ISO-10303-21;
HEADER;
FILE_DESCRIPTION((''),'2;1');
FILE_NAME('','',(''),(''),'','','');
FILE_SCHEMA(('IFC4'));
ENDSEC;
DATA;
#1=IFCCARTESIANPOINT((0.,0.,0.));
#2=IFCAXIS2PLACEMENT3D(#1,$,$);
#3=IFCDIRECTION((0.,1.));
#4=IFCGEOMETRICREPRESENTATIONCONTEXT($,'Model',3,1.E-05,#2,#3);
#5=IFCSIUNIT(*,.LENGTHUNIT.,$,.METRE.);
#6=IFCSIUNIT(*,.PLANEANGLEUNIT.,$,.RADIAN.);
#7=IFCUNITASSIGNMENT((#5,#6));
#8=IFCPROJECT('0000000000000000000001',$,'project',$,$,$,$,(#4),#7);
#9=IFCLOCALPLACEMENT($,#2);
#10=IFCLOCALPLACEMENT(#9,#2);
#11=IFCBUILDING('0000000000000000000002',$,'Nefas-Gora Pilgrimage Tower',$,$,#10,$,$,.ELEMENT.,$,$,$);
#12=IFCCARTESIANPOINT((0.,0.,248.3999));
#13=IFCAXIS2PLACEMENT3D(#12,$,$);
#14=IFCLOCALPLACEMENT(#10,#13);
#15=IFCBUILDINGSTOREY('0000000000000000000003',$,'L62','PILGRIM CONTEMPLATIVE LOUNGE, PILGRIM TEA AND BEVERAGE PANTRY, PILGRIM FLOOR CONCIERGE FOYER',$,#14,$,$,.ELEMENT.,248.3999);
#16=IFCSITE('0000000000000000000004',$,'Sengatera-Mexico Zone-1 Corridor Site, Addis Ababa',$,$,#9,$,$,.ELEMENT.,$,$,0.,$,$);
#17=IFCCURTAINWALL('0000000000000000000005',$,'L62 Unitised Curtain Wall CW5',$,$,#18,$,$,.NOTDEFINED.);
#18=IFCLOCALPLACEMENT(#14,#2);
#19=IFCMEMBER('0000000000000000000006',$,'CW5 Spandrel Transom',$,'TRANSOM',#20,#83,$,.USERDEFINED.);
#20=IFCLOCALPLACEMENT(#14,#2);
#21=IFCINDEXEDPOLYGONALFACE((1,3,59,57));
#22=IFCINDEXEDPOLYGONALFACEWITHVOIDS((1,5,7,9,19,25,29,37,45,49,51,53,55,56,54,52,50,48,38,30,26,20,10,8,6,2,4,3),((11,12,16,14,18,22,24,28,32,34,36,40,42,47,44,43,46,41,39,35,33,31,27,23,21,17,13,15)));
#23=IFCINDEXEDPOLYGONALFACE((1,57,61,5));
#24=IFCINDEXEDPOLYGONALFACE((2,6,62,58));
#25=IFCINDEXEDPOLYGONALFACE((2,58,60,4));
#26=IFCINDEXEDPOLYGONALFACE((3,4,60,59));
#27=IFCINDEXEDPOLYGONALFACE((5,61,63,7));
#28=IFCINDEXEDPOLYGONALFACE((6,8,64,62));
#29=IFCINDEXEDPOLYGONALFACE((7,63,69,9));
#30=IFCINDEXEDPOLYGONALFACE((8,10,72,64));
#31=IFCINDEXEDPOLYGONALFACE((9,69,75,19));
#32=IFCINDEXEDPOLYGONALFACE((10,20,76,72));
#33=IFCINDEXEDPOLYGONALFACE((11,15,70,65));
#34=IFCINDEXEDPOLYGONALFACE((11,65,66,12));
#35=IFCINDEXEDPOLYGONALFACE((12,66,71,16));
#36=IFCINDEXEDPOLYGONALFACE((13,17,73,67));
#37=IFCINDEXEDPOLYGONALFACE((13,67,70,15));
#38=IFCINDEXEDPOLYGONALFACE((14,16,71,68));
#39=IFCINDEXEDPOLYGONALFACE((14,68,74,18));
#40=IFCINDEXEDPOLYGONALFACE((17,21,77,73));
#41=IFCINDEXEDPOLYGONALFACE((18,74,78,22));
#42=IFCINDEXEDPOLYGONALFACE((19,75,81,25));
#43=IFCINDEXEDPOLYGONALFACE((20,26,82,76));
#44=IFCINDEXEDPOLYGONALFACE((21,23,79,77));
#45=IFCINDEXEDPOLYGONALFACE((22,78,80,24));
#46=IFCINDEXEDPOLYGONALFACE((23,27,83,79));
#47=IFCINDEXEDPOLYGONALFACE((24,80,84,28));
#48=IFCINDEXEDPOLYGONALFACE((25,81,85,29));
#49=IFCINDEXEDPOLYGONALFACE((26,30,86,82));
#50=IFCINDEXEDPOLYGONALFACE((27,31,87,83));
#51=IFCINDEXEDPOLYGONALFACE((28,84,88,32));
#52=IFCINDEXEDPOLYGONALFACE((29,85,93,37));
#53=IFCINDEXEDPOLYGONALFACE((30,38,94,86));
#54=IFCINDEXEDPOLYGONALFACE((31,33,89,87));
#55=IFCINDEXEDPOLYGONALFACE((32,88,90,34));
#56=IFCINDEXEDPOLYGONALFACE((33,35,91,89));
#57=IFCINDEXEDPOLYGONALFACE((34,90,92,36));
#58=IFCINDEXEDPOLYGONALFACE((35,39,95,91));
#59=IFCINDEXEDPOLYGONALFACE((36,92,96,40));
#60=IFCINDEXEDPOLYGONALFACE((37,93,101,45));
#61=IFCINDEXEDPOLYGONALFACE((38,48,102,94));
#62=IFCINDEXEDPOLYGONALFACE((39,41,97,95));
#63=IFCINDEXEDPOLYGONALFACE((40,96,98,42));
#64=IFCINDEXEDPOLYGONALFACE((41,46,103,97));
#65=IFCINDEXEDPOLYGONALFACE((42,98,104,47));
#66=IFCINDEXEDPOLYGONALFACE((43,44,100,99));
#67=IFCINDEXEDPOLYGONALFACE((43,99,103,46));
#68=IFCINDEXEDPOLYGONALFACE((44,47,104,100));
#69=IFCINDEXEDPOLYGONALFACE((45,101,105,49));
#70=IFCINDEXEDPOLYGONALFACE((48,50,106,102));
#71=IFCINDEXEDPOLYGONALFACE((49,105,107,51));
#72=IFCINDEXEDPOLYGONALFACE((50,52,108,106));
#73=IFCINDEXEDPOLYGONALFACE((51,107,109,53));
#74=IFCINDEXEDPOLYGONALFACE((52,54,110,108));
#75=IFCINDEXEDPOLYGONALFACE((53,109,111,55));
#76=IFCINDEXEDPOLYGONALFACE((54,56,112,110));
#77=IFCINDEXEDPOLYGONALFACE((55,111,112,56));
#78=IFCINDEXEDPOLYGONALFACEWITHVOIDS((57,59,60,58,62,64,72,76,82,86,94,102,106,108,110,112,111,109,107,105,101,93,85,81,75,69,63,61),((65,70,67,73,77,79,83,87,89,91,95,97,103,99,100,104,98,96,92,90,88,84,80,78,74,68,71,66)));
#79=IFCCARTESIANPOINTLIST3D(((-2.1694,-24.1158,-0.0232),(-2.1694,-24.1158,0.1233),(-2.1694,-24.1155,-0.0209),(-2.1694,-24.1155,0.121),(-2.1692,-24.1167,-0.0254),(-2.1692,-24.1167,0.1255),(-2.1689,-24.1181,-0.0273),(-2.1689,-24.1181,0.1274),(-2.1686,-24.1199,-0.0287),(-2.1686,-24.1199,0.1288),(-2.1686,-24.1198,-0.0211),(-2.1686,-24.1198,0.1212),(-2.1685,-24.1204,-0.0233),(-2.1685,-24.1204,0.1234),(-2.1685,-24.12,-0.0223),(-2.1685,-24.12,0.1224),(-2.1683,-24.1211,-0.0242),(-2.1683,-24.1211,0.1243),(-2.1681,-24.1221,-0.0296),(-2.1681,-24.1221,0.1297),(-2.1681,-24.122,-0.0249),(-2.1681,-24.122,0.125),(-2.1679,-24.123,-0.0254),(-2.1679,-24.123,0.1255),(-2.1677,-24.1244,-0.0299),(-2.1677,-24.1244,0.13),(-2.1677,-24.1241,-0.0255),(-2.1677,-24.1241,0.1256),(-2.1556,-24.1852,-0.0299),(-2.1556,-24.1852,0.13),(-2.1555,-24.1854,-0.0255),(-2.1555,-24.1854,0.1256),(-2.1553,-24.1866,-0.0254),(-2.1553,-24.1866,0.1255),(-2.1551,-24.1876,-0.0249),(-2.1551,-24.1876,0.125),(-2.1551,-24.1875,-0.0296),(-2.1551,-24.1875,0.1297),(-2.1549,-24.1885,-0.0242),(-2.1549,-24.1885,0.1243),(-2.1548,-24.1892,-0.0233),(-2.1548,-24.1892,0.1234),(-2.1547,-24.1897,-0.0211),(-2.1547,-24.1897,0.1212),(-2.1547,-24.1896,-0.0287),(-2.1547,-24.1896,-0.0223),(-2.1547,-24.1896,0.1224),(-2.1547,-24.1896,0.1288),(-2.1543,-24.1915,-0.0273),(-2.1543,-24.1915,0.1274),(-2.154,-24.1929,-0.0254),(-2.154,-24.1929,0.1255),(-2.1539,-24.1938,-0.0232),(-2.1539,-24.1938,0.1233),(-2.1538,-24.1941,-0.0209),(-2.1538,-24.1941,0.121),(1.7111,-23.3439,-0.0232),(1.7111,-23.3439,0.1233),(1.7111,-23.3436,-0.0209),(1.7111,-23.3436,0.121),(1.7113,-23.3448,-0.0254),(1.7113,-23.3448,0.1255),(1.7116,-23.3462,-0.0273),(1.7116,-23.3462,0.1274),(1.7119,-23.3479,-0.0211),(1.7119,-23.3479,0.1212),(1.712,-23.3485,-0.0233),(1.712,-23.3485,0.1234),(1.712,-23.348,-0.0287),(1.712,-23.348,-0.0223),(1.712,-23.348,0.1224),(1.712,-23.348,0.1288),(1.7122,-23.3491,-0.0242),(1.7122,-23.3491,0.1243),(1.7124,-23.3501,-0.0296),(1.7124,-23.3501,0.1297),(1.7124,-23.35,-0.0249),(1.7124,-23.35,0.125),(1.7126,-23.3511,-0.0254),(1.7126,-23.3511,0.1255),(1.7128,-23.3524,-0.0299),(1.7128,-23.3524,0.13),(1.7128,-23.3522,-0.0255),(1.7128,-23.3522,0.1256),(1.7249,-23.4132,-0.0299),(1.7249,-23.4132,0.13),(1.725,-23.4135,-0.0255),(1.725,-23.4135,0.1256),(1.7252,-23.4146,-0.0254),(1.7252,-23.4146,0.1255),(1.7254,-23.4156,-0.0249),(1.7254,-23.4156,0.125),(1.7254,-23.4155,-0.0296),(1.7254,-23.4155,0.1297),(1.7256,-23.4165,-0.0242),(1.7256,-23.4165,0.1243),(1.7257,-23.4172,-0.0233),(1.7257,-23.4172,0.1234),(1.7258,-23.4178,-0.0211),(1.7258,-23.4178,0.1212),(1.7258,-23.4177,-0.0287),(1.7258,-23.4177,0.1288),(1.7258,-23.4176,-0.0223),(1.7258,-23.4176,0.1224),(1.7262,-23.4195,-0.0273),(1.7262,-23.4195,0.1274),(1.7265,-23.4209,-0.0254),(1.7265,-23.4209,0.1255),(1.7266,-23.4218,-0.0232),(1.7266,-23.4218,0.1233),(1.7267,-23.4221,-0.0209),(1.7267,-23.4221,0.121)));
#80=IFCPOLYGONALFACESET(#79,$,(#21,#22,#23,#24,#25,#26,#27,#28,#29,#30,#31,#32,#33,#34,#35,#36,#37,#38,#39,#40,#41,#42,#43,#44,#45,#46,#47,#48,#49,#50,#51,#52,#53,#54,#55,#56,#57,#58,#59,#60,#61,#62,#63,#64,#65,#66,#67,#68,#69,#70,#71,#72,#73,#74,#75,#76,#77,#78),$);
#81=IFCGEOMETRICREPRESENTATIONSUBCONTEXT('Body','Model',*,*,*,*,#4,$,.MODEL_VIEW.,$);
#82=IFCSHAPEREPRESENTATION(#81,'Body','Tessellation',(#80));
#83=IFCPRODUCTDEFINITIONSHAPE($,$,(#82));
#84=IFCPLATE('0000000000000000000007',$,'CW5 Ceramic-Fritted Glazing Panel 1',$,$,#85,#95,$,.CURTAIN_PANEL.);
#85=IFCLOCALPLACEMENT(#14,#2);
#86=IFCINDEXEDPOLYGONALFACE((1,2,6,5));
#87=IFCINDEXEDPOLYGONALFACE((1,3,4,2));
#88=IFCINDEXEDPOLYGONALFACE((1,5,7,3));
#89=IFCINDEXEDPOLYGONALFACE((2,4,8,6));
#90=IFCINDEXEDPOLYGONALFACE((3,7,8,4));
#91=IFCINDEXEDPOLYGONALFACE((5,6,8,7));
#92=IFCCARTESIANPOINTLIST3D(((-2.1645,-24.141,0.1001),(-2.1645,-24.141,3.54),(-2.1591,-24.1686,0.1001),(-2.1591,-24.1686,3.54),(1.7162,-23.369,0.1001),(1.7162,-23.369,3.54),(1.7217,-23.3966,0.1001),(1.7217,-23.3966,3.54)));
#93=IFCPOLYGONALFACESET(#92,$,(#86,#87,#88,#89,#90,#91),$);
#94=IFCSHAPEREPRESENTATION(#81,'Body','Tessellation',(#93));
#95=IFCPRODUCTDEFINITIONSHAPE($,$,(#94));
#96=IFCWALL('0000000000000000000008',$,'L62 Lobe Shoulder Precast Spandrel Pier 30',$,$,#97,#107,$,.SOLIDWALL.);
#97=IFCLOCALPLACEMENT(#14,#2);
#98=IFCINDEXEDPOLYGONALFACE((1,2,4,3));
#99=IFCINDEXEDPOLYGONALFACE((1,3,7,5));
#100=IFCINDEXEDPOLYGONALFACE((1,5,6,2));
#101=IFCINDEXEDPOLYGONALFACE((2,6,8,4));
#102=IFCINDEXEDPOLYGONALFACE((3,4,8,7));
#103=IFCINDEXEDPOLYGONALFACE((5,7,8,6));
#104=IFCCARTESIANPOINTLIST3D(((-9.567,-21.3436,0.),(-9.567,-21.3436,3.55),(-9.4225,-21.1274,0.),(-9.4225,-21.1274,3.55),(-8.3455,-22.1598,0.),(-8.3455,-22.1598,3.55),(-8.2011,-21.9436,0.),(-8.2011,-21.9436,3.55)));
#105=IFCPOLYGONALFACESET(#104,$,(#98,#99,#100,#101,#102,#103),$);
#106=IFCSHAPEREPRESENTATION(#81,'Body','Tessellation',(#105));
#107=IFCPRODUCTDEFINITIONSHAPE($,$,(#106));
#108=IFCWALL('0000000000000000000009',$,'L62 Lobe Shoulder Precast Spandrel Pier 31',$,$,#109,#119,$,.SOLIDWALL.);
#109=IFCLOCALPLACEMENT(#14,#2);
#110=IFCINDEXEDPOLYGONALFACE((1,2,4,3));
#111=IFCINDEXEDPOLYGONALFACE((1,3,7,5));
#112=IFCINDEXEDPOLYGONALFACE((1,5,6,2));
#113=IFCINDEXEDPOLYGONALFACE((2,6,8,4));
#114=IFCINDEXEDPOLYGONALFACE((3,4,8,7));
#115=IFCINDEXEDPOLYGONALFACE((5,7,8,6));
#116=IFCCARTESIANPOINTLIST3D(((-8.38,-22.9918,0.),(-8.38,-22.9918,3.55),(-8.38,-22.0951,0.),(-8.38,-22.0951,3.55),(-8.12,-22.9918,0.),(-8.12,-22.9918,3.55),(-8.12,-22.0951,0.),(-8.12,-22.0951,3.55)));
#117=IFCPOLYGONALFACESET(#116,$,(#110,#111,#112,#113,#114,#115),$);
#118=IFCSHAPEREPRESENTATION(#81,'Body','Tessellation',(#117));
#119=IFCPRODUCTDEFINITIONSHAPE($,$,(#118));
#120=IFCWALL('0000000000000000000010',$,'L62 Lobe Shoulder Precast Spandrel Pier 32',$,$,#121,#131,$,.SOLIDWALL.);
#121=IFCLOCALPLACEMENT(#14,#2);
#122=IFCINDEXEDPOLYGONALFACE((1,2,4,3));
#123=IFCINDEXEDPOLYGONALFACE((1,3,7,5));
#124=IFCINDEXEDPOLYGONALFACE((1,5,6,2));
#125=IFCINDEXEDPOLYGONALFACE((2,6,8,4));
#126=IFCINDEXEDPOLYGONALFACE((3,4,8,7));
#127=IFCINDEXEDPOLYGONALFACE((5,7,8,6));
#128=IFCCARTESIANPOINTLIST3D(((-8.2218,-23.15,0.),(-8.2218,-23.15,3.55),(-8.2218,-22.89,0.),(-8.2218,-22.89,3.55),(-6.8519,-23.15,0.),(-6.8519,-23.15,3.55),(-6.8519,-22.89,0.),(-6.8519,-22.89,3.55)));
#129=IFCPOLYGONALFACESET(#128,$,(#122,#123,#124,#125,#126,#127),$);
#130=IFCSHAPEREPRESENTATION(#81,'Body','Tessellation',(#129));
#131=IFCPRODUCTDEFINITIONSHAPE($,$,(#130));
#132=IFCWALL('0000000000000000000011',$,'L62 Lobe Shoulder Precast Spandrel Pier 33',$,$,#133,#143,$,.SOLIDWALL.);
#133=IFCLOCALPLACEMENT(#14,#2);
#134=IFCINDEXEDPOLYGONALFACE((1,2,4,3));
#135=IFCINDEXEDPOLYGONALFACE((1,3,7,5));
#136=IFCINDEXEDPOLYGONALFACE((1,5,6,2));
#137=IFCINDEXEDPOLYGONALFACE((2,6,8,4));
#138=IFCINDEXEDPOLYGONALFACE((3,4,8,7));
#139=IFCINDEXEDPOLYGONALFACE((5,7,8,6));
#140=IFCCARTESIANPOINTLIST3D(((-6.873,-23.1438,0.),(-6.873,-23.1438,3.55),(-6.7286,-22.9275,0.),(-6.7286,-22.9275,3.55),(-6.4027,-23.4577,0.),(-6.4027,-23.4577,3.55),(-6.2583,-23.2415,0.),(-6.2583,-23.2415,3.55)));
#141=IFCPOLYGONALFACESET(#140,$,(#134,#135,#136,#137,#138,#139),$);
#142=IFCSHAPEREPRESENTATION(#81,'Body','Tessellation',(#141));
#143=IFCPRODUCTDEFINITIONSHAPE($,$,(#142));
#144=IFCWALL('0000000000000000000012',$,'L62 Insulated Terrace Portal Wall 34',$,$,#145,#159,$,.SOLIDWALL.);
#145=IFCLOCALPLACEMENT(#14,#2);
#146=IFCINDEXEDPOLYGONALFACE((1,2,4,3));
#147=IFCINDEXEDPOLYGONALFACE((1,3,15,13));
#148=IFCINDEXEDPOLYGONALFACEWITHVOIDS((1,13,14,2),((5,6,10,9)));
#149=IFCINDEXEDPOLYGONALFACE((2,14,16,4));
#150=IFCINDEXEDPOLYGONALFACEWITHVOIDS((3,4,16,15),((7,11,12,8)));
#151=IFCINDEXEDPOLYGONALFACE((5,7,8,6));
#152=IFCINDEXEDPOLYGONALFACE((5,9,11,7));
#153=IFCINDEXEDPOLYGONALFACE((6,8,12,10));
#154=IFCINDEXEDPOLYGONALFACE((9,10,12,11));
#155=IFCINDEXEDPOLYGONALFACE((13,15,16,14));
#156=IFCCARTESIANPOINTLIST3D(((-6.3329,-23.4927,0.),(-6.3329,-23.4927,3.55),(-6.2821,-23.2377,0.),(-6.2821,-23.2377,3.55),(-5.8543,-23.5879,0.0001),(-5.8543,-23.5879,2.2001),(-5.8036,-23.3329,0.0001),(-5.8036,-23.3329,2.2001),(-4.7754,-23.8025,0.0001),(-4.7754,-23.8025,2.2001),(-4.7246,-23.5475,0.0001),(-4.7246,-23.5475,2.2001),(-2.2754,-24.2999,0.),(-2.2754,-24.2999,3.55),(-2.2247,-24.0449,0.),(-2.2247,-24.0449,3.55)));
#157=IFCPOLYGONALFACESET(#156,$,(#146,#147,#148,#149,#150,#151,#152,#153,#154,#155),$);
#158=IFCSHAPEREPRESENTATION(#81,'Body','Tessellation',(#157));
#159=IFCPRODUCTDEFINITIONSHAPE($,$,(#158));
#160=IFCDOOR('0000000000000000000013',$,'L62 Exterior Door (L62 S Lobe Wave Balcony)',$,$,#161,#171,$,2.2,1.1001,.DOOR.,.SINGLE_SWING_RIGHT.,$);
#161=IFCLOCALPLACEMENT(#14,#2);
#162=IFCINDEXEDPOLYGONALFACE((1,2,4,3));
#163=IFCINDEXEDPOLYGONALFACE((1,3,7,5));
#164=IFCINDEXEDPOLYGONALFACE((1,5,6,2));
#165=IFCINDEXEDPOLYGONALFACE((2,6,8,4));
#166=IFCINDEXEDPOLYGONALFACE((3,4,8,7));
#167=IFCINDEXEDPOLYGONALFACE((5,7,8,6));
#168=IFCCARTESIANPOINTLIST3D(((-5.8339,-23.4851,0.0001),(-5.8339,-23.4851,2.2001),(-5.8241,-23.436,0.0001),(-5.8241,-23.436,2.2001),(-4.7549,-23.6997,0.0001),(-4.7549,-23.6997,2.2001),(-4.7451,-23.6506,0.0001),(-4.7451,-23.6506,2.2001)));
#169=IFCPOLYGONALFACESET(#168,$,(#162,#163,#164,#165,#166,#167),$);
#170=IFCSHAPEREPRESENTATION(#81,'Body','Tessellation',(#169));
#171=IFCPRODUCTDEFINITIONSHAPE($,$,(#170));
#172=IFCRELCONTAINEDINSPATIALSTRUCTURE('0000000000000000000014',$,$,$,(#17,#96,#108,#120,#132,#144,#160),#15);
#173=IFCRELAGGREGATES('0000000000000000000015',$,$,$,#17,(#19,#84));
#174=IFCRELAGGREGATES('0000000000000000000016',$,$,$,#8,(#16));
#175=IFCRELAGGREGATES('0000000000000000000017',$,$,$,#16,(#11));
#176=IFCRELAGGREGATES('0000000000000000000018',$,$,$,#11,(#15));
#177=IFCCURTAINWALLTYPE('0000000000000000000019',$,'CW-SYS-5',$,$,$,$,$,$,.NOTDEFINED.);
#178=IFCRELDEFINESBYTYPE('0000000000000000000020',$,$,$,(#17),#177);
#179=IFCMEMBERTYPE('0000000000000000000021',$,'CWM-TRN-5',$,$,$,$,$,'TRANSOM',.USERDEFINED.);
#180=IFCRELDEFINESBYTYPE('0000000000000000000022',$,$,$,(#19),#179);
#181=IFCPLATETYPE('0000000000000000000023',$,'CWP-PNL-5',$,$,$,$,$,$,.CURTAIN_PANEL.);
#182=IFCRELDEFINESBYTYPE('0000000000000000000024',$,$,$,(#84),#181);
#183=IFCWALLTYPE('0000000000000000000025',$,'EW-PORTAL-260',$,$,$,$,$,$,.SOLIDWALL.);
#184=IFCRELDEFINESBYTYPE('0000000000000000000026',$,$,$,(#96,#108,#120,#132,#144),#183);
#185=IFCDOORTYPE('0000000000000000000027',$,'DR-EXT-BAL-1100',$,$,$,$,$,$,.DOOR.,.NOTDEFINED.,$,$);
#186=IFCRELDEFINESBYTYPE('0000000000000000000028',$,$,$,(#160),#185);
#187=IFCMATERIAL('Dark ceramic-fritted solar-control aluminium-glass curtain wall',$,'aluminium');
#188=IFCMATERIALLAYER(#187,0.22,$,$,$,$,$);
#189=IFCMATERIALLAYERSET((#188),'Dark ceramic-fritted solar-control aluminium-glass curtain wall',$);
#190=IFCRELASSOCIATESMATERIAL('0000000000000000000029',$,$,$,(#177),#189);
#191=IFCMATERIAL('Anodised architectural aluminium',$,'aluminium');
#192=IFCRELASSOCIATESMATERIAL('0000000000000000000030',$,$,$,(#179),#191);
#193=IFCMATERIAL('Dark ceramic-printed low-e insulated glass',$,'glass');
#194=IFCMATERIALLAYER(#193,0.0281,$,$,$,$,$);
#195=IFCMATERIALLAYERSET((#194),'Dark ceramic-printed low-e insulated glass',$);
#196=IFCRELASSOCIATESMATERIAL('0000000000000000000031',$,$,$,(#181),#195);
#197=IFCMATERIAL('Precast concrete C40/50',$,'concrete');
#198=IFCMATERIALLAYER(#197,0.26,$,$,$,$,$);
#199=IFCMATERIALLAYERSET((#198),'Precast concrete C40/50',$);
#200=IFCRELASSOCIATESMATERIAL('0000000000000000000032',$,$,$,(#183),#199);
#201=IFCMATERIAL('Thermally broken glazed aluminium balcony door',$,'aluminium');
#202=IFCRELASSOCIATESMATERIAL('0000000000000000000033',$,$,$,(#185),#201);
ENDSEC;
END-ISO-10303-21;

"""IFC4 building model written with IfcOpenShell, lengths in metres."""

from ifc_helpers import new_model, si_unit, direction, frame, frame_2d, origin, origin_2d, place, context, subcontext, project, spatial, rectangle, hollow_rectangle, extrude, source, transform, mapped, material, layer, layer_set, material_profile, profile_set, type_object, element, fill, aggregate, save


model = new_model("IFC4")

# Units and contexts
model_context = context("Model", 3, precision=1e-05, world=origin(), true_north=direction((0.0, 1.0)))
body_context = subcontext(model_context, "Body", "Model", "MODEL_VIEW")
ifc_project = project(units=[si_unit("LENGTHUNIT", "METRE"), si_unit("PLANEANGLEUNIT", "RADIAN")], contexts=[model_context])

# Site, building, storey
site_placement = place(None, origin())
site = spatial("IfcSite", under=ifc_project, at=site_placement, Name="Sengatera-Mexico Zone-1 Corridor Site, Addis Ababa", CompositionType="ELEMENT", RefElevation=0.0)
building_placement = place(site_placement, origin())
building = spatial("IfcBuilding", under=site, at=building_placement, Name="Nefas-Gora Pilgrimage Tower", CompositionType="ELEMENT")
storey_placement = place(building_placement, frame((0.0, 0.0, 248.3999)))
storey = spatial("IfcBuildingStorey", under=building, at=storey_placement, Name="L62", Description="PILGRIM CONTEMPLATIVE LOUNGE, PILGRIM TEA AND BEVERAGE PANTRY, PILGRIM FLOOR CONCIERGE FOYER", CompositionType="ELEMENT", Elevation=248.3999)

# Shared definitions
ifc_material_1 = material(Name="Dark ceramic-fritted solar-control aluminium-glass curtain wall", Category="aluminium")
ifc_layer_1 = layer(ifc_material_1, 0.22)
ifc_layer_set_1 = layer_set([ifc_layer_1], Name="Dark ceramic-fritted solar-control aluminium-glass curtain wall")
curtain_wall_type = type_object("IfcCurtainWallType", Name="CW-SYS-5", PredefinedType="NOTDEFINED", material=ifc_layer_set_1)
ifc_material_2 = material(Name="Anodised architectural aluminium", Category="aluminium")

# Curtain wall, member, plate
curtain_wall_1_placement = place(storey_placement, origin())
curtain_wall_1 = element("IfcCurtainWall", 1, at=curtain_wall_1_placement, inside=storey, type_object=curtain_wall_type, Name="L62 Unitised Curtain Wall CW5", PredefinedType="NOTDEFINED")
ifc_material_profile_1 = material_profile(ifc_material_2, hollow_rectangle(XDim=0.0801, YDim=0.1599, WallThickness=0.0044, InnerFilletRadius=0.0044, OuterFilletRadius=0.009, at=origin_2d()), Name="ALU TRANSOM 80x160")
ifc_profile_set_1 = profile_set([ifc_material_profile_1], Name="Anodised architectural aluminium")
member_type_1 = type_object("IfcMemberType", Name="CWM-TRN-5", ElementType="TRANSOM", PredefinedType="USERDEFINED", material=ifc_profile_set_1)
shared_shape_1 = source(origin(), body_context, "Body", "SweptSolid", [
    extrude(hollow_rectangle(XDim=0.0801, YDim=0.1599, WallThickness=0.0044, InnerFilletRadius=0.0044, OuterFilletRadius=0.009, at=origin_2d()), origin(), (0.0, 0.0, 1.0), 3.9565),
])
member_1_placement = place(storey_placement, frame((-2.1616, -24.1548, 0.05), z_axis=(0.980782, 0.195107, 0.0), x_axis=(-0.195107, 0.980782, 0.0)))
member_1 = element("IfcMember", 2, at=member_1_placement, type_object=member_type_1, Name="CW5 Spandrel Transom", ObjectType="TRANSOM", PredefinedType="USERDEFINED", context=body_context, shape_type="MappedRepresentation", body=[
    mapped(shared_shape_1, transform((0.0, 0.0, 0.0), x_axis=(1.0, 0.0, 0.0), y_axis=(0.0, 1.0, 0.0), z_axis=(0.0, 0.0, 1.0), scale=1.0)),
])
ifc_material_3 = material(Name="Dark ceramic-printed low-e insulated glass", Category="glass")
ifc_layer_2 = layer(ifc_material_3, 0.0281)
ifc_layer_set_2 = layer_set([ifc_layer_2], Name="Dark ceramic-printed low-e insulated glass")
plate_type = type_object("IfcPlateType", Name="CWP-PNL-5", PredefinedType="CURTAIN_PANEL", material=ifc_layer_set_2)
shared_shape_2 = source(origin(), body_context, "Body", "SweptSolid", [
    extrude(rectangle(XDim=3.9568, YDim=0.0281, at=origin_2d()), origin(), (0.0, 0.0, 1.0), 3.4399),
])
plate_placement = place(storey_placement, frame((-0.2214, -23.7688, 0.1001), z_axis=(0.0, 0.0, 1.0), x_axis=(0.980783, 0.195102, 0.0)))
plate = element("IfcPlate", 3, at=plate_placement, type_object=plate_type, Name="CW5 Ceramic-Fritted Glazing Panel 1", PredefinedType="CURTAIN_PANEL", context=body_context, shape_type="MappedRepresentation", body=[
    mapped(shared_shape_2, transform((0.0, 0.0, 0.0), x_axis=(1.0, 0.0, 0.0), y_axis=(0.0, 1.0, 0.0), z_axis=(0.0, 0.0, 1.0), scale=1.0)),
])
aggregate(curtain_wall_1, [member_1, plate])

# Walls
ifc_material_4 = material(Name="Precast concrete C40/50", Category="concrete")
ifc_layer_3 = layer(ifc_material_4, 0.26)
ifc_layer_set_3 = layer_set([ifc_layer_3], Name="Precast concrete C40/50")
wall_type_1 = type_object("IfcWallType", Name="EW-PORTAL-260", PredefinedType="SOLIDWALL", material=ifc_layer_set_3)
shared_shape_3 = source(origin(), body_context, "Body", "SweptSolid", [
    extrude(rectangle(XDim=1.469, YDim=0.26, at=frame_2d((0.7344, 0.0))), origin(), (0.0, 0.0, 1.0), 3.55),
])
wall_1_placement = place(storey_placement, frame((-9.4946, -21.2356, 0.0), z_axis=(0.0, 0.0, 1.0), x_axis=(0.831462, -0.555582, 0.0)))
element("IfcWall", 4, at=wall_1_placement, inside=storey, type_object=wall_type_1, Name="L62 Lobe Shoulder Precast Spandrel Pier 30", PredefinedType="SOLIDWALL", context=body_context, shape_type="MappedRepresentation", body=[
    mapped(shared_shape_3, transform((0.0, 0.0, 0.0), x_axis=(1.0, 0.0, 0.0), y_axis=(0.0, 1.0, 0.0), z_axis=(0.0, 0.0, 1.0), scale=1.0)),
])
shared_shape_4 = source(origin(), body_context, "Body", "SweptSolid", [
    extrude(rectangle(XDim=0.8967, YDim=0.26, at=frame_2d((0.4482, 0.0))), origin(), (0.0, 0.0, 1.0), 3.55),
])
wall_2_placement = place(storey_placement, frame((-8.25, -22.0952, 0.0), z_axis=(0.0, 0.0, 1.0), x_axis=(0.0, -1.0, 0.0)))
element("IfcWall", 5, at=wall_2_placement, inside=storey, type_object=wall_type_1, Name="L62 Lobe Shoulder Precast Spandrel Pier 31", PredefinedType="SOLIDWALL", context=body_context, shape_type="MappedRepresentation", body=[
    mapped(shared_shape_4, transform((0.0, 0.0, 0.0), x_axis=(1.0, 0.0, 0.0), y_axis=(0.0, 1.0, 0.0), z_axis=(0.0, 0.0, 1.0), scale=1.0)),
])
shared_shape_5 = source(origin(), body_context, "Body", "SweptSolid", [
    extrude(rectangle(XDim=1.3699, YDim=0.26, at=frame_2d((0.6851, 0.0))), origin(), (0.0, 0.0, 1.0), 3.55),
])
wall_3_placement = place(storey_placement, frame((-8.2219, -23.02, 0.0), z_axis=(0.0, 0.0, 1.0), x_axis=(1.0, 0.0, 0.0)))
element("IfcWall", 6, at=wall_3_placement, inside=storey, type_object=wall_type_1, Name="L62 Lobe Shoulder Precast Spandrel Pier 32", PredefinedType="SOLIDWALL", context=body_context, shape_type="MappedRepresentation", body=[
    mapped(shared_shape_5, transform((0.0, 0.0, 0.0), x_axis=(1.0, 0.0, 0.0), y_axis=(0.0, 1.0, 0.0), z_axis=(0.0, 0.0, 1.0), scale=1.0)),
])
shared_shape_6 = source(origin(), body_context, "Body", "SweptSolid", [
    extrude(rectangle(XDim=0.5654, YDim=0.26, at=frame_2d((0.2827, 0.0))), origin(), (0.0, 0.0, 1.0), 3.55),
])
wall_4_placement = place(storey_placement, frame((-6.8008, -23.0356, 0.0), z_axis=(0.0, 0.0, 1.0), x_axis=(0.831651, -0.555298, 0.0)))
element("IfcWall", 7, at=wall_4_placement, inside=storey, type_object=wall_type_1, Name="L62 Lobe Shoulder Precast Spandrel Pier 33", PredefinedType="SOLIDWALL", context=body_context, shape_type="MappedRepresentation", body=[
    mapped(shared_shape_6, transform((0.0, 0.0, 0.0), x_axis=(1.0, 0.0, 0.0), y_axis=(0.0, 1.0, 0.0), z_axis=(0.0, 0.0, 1.0), scale=1.0)),
])

# Wall, opening, door
shared_shape_7 = source(origin(), body_context, "Body", "SweptSolid", [
    extrude(rectangle(XDim=4.137, YDim=0.26, at=frame_2d((2.0684, 0.0))), origin(), (0.0, 0.0, 1.0), 3.55),
])
wall_5_placement = place(storey_placement, frame((-6.3074, -23.3652, 0.0), z_axis=(0.0, 0.0, 1.0), x_axis=(0.980782, -0.195106, 0.0)))
wall_5 = element("IfcWall", 8, at=wall_5_placement, inside=storey, type_object=wall_type_1, Name="L62 Insulated Terrace Portal Wall 34", PredefinedType="SOLIDWALL", context=body_context, shape_type="MappedRepresentation", body=[
    mapped(shared_shape_7, transform((0.0, 0.0, 0.0), x_axis=(1.0, 0.0, 0.0), y_axis=(0.0, 1.0, 0.0), z_axis=(0.0, 0.0, 1.0), scale=1.0)),
])
opening_1_placement = place(wall_5_placement, frame((0.4878, 0.0, 0.0)))
opening_1 = element("IfcOpeningElement", 9, at=opening_1_placement, cuts=wall_5, PredefinedType="OPENING", context=body_context, shape_type="SweptSolid", body=[
    extrude(rectangle(XDim=1.1001, YDim=2.2, at=frame_2d((0.55, 1.1001))), frame((0.0, 0.1399, 0.0), z_axis=(0.0, -1.0, 0.0), x_axis=(1.0, 0.0, 0.0)), (0.0, 0.0, 1.0), 0.28),
])
ifc_material_5 = material(Name="Thermally broken glazed aluminium balcony door", Category="aluminium")
door_type_1 = type_object("IfcDoorType", Name="DR-EXT-BAL-1100", OperationType="NOTDEFINED", PredefinedType="DOOR", material=ifc_material_5)
shared_shape_8 = source(origin(), body_context, "Body", "SweptSolid", [
    extrude(rectangle(XDim=1.1001, YDim=2.2, at=frame_2d((0.55, 1.1001))), frame((0.0, 0.0249, 0.0), z_axis=(0.0, -1.0, 0.0), x_axis=(1.0, 0.0, 0.0)), (0.0, 0.0, 1.0), 0.05),
])
door_1_placement = place(opening_1_placement, origin())
door_1 = element("IfcDoor", 10, at=door_1_placement, inside=storey, type_object=door_type_1, Name="L62 Exterior Door (L62 S Lobe Wave Balcony)", OperationType="SINGLE_SWING_RIGHT", OverallHeight=2.2, OverallWidth=1.1001, PredefinedType="DOOR", context=body_context, shape_type="MappedRepresentation", body=[
    mapped(shared_shape_8, transform((0.0, 0.0, 0.0), x_axis=(1.0, 0.0, 0.0), y_axis=(0.0, 1.0, 0.0), z_axis=(0.0, 0.0, 1.0), scale=1.0)),
])
fill(opening_1, door_1)

save(model, "model.ifc")
